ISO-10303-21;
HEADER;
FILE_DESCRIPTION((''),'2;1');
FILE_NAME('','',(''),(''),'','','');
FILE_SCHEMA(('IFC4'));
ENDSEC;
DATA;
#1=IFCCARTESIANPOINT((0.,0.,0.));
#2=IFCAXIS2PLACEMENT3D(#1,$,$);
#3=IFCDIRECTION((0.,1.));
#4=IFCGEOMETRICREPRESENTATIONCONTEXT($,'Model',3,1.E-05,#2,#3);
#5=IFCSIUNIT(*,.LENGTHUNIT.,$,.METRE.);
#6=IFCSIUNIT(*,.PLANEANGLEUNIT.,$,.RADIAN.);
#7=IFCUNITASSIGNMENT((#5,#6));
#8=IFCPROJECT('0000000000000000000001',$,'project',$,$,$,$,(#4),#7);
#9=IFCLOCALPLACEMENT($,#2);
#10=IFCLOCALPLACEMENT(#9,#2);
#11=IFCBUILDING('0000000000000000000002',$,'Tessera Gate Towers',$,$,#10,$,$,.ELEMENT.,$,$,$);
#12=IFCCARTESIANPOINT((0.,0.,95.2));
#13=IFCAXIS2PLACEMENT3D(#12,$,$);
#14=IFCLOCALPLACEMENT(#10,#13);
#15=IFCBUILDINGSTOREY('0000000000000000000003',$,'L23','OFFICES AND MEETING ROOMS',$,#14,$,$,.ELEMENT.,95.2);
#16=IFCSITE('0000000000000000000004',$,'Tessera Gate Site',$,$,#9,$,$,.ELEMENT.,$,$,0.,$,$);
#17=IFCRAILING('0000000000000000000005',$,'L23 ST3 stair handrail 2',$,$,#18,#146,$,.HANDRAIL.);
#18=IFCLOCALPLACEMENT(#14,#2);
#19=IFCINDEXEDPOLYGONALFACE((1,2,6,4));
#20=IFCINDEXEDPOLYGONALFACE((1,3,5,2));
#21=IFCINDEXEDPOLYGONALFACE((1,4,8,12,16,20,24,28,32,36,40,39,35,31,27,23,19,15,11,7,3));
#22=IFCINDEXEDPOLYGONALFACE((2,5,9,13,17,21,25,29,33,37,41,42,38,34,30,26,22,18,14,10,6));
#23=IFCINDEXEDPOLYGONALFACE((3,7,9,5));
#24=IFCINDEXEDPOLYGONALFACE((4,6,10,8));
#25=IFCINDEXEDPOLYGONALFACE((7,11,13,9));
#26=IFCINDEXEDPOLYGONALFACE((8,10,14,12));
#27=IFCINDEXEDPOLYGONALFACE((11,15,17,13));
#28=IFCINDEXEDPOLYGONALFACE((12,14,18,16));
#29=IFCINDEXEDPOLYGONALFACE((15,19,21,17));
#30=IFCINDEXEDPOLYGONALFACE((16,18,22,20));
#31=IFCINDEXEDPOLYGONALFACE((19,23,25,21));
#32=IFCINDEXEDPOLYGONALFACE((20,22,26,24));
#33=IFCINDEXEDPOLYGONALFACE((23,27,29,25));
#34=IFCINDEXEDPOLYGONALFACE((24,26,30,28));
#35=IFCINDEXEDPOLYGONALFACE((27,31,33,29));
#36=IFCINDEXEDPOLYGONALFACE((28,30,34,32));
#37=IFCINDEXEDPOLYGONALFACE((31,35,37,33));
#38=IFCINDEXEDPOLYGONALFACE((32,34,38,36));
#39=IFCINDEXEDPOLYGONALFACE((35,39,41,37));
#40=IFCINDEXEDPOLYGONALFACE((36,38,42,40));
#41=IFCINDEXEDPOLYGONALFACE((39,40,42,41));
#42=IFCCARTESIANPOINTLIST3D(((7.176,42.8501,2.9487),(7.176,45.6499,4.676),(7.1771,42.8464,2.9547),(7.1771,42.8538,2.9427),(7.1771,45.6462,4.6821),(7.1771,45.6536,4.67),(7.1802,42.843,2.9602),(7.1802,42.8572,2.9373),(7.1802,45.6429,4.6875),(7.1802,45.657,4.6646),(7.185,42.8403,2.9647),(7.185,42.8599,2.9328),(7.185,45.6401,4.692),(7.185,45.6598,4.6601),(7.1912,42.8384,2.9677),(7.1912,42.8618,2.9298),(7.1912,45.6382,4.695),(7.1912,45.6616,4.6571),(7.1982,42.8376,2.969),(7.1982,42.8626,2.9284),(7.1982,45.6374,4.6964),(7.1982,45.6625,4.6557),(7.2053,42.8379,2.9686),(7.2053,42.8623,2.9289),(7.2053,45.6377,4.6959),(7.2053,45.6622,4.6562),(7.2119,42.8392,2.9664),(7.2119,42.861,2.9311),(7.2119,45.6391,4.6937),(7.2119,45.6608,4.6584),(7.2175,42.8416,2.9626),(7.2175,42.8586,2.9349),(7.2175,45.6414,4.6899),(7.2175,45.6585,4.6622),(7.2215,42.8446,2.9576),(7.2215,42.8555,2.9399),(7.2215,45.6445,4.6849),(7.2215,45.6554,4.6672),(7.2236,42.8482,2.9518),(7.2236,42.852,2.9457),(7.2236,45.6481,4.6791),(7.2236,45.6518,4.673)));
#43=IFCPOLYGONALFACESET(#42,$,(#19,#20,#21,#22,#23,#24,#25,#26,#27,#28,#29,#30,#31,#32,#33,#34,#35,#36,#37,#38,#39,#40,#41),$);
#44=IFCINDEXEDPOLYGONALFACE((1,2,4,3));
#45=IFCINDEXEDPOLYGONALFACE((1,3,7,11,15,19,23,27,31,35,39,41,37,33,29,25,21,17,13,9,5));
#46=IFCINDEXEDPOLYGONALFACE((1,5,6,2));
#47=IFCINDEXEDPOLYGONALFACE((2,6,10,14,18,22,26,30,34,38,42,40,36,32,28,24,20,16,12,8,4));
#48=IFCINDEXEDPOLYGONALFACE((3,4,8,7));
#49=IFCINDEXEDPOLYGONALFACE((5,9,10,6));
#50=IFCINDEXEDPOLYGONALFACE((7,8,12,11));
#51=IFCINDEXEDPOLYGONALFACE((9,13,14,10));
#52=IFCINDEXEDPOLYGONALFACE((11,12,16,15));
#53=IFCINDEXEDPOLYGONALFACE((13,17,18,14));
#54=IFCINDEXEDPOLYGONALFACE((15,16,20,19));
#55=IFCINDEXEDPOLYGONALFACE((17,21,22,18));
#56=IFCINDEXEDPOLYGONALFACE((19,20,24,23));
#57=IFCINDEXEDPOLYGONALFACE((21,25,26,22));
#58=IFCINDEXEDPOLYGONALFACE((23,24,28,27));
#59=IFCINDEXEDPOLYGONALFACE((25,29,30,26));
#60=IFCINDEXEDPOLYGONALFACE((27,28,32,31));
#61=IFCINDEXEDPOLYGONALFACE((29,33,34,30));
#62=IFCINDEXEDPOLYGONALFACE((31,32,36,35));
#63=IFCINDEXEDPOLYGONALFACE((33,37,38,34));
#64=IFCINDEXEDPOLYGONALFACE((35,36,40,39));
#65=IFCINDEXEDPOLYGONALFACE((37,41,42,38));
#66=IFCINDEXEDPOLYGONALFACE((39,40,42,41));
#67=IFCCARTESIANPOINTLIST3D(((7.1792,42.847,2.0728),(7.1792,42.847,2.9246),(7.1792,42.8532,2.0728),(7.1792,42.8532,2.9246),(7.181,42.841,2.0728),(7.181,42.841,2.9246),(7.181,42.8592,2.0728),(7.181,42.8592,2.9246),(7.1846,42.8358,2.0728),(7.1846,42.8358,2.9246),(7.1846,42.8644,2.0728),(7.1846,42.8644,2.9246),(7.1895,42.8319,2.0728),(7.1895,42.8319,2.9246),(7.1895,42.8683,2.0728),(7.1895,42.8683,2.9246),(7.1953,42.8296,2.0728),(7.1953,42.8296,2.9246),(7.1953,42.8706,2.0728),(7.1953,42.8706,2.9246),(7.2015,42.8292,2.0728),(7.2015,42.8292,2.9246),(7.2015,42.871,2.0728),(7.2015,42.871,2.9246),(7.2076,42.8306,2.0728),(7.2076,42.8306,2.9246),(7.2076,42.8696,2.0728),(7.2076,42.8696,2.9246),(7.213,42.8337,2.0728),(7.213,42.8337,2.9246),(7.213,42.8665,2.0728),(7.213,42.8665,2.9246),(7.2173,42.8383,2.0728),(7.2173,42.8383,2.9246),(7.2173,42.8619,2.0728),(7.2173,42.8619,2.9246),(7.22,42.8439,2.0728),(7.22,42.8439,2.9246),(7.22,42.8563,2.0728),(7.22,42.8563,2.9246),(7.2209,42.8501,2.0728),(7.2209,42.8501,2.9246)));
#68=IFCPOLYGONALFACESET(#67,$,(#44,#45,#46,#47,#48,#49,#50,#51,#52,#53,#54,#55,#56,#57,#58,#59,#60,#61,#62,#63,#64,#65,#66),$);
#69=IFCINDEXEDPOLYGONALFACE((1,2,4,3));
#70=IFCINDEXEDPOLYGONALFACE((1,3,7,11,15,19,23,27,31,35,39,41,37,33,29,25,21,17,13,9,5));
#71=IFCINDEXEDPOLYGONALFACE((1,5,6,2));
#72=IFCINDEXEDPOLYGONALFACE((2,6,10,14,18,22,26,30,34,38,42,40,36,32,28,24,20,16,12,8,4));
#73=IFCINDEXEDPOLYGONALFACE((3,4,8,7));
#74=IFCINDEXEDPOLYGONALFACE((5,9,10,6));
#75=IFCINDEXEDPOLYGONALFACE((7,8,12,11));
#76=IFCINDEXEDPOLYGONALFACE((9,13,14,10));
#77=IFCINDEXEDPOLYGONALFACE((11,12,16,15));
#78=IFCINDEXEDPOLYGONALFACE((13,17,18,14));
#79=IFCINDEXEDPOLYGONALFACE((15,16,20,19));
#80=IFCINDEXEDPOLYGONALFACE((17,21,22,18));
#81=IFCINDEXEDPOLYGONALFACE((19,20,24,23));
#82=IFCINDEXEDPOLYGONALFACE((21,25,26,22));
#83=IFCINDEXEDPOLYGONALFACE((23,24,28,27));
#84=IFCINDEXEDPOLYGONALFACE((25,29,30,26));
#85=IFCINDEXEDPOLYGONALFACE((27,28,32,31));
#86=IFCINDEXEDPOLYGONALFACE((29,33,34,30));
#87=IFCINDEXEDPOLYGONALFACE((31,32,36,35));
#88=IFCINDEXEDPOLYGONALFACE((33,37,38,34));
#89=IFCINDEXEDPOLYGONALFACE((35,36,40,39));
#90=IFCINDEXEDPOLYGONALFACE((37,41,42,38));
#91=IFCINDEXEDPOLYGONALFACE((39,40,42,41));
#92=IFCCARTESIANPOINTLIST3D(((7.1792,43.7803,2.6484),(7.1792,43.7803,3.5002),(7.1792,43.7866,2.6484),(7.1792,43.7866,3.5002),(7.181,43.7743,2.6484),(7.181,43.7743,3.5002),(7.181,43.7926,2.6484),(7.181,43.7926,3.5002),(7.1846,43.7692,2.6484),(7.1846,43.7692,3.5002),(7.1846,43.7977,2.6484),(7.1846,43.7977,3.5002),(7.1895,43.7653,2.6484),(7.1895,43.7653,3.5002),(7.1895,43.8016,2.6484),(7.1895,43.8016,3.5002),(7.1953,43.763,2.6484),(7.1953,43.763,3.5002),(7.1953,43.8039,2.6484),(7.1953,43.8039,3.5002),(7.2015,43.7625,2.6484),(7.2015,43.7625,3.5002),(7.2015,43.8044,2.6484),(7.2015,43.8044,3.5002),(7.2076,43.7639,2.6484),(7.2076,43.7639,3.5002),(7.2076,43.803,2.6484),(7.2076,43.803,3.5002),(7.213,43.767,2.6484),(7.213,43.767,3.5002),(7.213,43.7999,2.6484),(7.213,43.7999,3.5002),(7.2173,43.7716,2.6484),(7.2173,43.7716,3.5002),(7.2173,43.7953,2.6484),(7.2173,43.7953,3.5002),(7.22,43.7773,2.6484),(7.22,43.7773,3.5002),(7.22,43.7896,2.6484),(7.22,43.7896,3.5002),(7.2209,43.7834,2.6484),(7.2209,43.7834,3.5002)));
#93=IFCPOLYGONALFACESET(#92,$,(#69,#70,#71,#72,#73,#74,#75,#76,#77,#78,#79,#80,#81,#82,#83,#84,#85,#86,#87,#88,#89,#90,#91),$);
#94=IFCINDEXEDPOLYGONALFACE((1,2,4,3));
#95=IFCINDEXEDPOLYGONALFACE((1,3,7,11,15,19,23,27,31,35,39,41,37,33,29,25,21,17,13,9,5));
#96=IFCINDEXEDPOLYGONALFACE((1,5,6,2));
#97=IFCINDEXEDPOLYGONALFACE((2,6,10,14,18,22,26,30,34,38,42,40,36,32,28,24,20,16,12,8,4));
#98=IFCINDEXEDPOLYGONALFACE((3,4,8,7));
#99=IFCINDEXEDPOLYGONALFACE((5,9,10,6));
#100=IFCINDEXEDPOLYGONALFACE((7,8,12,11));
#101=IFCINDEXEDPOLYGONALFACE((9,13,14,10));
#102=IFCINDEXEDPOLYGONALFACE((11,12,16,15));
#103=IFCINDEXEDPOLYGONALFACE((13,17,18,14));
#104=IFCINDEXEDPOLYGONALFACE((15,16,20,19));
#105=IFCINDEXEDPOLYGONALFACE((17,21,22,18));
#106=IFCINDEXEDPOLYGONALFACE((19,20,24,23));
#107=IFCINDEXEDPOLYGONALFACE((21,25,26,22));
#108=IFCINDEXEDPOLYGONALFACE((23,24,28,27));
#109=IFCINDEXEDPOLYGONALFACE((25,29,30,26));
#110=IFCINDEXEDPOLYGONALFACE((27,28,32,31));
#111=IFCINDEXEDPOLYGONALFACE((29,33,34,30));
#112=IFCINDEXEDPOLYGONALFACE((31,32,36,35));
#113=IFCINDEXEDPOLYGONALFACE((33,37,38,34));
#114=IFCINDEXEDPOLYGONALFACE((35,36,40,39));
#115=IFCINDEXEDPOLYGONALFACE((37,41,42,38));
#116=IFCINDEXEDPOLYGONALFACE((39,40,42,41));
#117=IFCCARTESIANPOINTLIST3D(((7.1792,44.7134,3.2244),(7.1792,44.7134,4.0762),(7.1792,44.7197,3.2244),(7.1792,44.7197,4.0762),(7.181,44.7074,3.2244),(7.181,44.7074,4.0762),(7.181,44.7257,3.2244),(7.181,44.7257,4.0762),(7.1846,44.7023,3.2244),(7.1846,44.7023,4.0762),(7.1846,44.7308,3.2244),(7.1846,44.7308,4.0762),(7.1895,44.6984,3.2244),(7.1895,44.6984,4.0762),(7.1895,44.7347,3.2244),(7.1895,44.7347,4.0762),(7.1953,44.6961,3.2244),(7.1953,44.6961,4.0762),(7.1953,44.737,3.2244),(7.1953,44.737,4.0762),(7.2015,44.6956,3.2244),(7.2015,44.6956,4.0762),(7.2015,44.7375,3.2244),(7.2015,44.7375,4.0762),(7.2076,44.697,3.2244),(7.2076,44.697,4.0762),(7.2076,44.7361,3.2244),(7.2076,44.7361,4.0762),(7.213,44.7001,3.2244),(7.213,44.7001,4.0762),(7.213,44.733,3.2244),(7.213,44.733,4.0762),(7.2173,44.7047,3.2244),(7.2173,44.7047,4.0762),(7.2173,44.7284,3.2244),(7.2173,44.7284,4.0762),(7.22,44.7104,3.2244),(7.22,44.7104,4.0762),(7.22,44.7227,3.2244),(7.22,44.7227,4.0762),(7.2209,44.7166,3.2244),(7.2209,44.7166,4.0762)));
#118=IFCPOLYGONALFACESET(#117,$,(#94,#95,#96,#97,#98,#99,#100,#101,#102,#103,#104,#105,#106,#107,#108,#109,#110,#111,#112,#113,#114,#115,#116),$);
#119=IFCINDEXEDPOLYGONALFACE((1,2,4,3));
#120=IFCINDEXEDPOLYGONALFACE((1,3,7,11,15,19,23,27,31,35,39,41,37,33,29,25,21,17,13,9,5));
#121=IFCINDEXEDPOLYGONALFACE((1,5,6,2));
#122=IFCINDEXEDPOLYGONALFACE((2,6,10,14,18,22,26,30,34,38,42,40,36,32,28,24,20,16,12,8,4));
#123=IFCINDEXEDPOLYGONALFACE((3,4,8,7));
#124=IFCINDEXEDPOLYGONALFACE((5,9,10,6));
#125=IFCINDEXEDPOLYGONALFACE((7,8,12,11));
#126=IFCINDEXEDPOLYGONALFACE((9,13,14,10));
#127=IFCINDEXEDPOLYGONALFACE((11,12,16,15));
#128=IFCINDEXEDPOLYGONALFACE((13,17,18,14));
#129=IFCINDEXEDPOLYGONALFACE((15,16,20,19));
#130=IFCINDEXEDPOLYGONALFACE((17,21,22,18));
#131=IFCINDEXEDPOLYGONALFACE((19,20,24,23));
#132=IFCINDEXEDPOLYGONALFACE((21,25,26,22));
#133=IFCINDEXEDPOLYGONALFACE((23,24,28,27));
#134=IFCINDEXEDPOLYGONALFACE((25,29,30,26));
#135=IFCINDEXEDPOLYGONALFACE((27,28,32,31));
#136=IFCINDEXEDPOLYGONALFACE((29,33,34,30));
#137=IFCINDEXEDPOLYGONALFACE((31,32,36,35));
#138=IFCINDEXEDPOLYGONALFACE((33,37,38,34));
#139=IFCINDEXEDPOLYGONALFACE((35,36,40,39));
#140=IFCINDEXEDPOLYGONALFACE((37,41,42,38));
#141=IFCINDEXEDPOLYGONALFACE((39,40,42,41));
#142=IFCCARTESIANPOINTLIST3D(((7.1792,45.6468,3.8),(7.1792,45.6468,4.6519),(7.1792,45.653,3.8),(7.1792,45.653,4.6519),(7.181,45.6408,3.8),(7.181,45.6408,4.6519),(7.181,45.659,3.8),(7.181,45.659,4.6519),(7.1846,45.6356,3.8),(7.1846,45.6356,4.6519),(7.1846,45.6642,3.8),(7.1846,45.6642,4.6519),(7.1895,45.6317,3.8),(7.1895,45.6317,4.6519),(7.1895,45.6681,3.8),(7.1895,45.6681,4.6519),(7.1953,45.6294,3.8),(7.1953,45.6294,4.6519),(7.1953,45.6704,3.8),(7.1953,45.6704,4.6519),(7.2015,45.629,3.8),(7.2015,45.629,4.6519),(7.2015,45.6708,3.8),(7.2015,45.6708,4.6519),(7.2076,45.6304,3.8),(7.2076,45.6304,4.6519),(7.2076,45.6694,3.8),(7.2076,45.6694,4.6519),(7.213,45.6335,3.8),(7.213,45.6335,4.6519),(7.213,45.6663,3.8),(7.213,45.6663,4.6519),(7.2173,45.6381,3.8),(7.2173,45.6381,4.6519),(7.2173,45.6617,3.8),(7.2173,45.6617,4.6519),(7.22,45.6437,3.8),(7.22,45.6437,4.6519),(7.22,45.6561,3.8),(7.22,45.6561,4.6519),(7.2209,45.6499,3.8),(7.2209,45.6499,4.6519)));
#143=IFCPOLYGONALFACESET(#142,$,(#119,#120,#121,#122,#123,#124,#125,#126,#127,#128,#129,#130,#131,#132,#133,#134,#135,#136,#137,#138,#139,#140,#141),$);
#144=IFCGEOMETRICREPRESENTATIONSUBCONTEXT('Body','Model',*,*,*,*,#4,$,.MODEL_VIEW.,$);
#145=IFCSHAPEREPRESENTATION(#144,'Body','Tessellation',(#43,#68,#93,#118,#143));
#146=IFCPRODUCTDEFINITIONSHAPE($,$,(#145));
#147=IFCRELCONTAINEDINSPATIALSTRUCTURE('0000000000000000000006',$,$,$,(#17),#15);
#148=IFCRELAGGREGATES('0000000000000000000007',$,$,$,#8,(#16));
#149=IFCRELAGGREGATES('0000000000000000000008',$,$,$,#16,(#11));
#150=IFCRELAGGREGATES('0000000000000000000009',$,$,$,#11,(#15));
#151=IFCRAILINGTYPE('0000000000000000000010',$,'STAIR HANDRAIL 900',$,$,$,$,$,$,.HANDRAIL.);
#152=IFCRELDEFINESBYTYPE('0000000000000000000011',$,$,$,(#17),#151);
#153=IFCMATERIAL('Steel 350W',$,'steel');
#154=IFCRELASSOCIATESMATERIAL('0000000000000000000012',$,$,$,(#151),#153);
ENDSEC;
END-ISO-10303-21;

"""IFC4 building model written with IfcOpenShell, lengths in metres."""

from ifc_helpers import new_model, si_unit, direction, frame, origin, origin_2d, place, context, subcontext, project, spatial, circle, extrude, material, type_object, element, save


model = new_model("IFC4")

# Units and contexts
model_context = context("Model", 3, precision=1e-05, world=origin(), true_north=direction((0.0, 1.0)))
body_context = subcontext(model_context, "Body", "Model", "MODEL_VIEW")
ifc_project = project(units=[si_unit("LENGTHUNIT", "METRE"), si_unit("PLANEANGLEUNIT", "RADIAN")], contexts=[model_context])

# Site, building, storey
site_placement = place(None, origin())
site = spatial("IfcSite", under=ifc_project, at=site_placement, Name="Tessera Gate Site", CompositionType="ELEMENT", RefElevation=0.0)
building_placement = place(site_placement, origin())
building = spatial("IfcBuilding", under=site, at=building_placement, Name="Tessera Gate Towers", CompositionType="ELEMENT")
storey_placement = place(building_placement, frame((0.0, 0.0, 95.2)))
storey = spatial("IfcBuildingStorey", under=building, at=storey_placement, Name="L23", Description="OFFICES AND MEETING ROOMS", CompositionType="ELEMENT", Elevation=95.2)

# Railing
ifc_material_1 = material(Name="Steel 350W", Category="steel")
railing_type_1 = type_object("IfcRailingType", Name="STAIR HANDRAIL 900", PredefinedType="HANDRAIL", material=ifc_material_1)
railing_1_placement = place(storey_placement, frame((7.2, 42.8501, 2.0728)))
element("IfcRailing", 1, at=railing_1_placement, inside=storey, type_object=railing_type_1, Name="L23 ST3 stair handrail 2", PredefinedType="HANDRAIL", context=body_context, shape_type="SweptSolid", body=[
    extrude(circle(Radius=0.0239, at=origin_2d()), frame((0.0, 0.0, 0.876), z_axis=(0.0, 0.851069, 0.525054), x_axis=(-1.0, 0.0, 0.0)), (0.0, 0.0, 1.0), 3.2898),
    extrude(circle(Radius=0.021, at=origin_2d()), origin(), (0.0, 0.0, 1.0), 0.8518),
    extrude(circle(Radius=0.021, at=origin_2d()), frame((0.0, 0.9333, 0.5757)), (0.0, 0.0, 1.0), 0.8518),
    extrude(circle(Radius=0.021, at=origin_2d()), frame((0.0, 1.8665, 1.1516)), (0.0, 0.0, 1.0), 0.8518),
    extrude(circle(Radius=0.021, at=origin_2d()), frame((0.0, 2.7998, 1.7273)), (0.0, 0.0, 1.0), 0.8518),
])

save(model, "model.ifc")
